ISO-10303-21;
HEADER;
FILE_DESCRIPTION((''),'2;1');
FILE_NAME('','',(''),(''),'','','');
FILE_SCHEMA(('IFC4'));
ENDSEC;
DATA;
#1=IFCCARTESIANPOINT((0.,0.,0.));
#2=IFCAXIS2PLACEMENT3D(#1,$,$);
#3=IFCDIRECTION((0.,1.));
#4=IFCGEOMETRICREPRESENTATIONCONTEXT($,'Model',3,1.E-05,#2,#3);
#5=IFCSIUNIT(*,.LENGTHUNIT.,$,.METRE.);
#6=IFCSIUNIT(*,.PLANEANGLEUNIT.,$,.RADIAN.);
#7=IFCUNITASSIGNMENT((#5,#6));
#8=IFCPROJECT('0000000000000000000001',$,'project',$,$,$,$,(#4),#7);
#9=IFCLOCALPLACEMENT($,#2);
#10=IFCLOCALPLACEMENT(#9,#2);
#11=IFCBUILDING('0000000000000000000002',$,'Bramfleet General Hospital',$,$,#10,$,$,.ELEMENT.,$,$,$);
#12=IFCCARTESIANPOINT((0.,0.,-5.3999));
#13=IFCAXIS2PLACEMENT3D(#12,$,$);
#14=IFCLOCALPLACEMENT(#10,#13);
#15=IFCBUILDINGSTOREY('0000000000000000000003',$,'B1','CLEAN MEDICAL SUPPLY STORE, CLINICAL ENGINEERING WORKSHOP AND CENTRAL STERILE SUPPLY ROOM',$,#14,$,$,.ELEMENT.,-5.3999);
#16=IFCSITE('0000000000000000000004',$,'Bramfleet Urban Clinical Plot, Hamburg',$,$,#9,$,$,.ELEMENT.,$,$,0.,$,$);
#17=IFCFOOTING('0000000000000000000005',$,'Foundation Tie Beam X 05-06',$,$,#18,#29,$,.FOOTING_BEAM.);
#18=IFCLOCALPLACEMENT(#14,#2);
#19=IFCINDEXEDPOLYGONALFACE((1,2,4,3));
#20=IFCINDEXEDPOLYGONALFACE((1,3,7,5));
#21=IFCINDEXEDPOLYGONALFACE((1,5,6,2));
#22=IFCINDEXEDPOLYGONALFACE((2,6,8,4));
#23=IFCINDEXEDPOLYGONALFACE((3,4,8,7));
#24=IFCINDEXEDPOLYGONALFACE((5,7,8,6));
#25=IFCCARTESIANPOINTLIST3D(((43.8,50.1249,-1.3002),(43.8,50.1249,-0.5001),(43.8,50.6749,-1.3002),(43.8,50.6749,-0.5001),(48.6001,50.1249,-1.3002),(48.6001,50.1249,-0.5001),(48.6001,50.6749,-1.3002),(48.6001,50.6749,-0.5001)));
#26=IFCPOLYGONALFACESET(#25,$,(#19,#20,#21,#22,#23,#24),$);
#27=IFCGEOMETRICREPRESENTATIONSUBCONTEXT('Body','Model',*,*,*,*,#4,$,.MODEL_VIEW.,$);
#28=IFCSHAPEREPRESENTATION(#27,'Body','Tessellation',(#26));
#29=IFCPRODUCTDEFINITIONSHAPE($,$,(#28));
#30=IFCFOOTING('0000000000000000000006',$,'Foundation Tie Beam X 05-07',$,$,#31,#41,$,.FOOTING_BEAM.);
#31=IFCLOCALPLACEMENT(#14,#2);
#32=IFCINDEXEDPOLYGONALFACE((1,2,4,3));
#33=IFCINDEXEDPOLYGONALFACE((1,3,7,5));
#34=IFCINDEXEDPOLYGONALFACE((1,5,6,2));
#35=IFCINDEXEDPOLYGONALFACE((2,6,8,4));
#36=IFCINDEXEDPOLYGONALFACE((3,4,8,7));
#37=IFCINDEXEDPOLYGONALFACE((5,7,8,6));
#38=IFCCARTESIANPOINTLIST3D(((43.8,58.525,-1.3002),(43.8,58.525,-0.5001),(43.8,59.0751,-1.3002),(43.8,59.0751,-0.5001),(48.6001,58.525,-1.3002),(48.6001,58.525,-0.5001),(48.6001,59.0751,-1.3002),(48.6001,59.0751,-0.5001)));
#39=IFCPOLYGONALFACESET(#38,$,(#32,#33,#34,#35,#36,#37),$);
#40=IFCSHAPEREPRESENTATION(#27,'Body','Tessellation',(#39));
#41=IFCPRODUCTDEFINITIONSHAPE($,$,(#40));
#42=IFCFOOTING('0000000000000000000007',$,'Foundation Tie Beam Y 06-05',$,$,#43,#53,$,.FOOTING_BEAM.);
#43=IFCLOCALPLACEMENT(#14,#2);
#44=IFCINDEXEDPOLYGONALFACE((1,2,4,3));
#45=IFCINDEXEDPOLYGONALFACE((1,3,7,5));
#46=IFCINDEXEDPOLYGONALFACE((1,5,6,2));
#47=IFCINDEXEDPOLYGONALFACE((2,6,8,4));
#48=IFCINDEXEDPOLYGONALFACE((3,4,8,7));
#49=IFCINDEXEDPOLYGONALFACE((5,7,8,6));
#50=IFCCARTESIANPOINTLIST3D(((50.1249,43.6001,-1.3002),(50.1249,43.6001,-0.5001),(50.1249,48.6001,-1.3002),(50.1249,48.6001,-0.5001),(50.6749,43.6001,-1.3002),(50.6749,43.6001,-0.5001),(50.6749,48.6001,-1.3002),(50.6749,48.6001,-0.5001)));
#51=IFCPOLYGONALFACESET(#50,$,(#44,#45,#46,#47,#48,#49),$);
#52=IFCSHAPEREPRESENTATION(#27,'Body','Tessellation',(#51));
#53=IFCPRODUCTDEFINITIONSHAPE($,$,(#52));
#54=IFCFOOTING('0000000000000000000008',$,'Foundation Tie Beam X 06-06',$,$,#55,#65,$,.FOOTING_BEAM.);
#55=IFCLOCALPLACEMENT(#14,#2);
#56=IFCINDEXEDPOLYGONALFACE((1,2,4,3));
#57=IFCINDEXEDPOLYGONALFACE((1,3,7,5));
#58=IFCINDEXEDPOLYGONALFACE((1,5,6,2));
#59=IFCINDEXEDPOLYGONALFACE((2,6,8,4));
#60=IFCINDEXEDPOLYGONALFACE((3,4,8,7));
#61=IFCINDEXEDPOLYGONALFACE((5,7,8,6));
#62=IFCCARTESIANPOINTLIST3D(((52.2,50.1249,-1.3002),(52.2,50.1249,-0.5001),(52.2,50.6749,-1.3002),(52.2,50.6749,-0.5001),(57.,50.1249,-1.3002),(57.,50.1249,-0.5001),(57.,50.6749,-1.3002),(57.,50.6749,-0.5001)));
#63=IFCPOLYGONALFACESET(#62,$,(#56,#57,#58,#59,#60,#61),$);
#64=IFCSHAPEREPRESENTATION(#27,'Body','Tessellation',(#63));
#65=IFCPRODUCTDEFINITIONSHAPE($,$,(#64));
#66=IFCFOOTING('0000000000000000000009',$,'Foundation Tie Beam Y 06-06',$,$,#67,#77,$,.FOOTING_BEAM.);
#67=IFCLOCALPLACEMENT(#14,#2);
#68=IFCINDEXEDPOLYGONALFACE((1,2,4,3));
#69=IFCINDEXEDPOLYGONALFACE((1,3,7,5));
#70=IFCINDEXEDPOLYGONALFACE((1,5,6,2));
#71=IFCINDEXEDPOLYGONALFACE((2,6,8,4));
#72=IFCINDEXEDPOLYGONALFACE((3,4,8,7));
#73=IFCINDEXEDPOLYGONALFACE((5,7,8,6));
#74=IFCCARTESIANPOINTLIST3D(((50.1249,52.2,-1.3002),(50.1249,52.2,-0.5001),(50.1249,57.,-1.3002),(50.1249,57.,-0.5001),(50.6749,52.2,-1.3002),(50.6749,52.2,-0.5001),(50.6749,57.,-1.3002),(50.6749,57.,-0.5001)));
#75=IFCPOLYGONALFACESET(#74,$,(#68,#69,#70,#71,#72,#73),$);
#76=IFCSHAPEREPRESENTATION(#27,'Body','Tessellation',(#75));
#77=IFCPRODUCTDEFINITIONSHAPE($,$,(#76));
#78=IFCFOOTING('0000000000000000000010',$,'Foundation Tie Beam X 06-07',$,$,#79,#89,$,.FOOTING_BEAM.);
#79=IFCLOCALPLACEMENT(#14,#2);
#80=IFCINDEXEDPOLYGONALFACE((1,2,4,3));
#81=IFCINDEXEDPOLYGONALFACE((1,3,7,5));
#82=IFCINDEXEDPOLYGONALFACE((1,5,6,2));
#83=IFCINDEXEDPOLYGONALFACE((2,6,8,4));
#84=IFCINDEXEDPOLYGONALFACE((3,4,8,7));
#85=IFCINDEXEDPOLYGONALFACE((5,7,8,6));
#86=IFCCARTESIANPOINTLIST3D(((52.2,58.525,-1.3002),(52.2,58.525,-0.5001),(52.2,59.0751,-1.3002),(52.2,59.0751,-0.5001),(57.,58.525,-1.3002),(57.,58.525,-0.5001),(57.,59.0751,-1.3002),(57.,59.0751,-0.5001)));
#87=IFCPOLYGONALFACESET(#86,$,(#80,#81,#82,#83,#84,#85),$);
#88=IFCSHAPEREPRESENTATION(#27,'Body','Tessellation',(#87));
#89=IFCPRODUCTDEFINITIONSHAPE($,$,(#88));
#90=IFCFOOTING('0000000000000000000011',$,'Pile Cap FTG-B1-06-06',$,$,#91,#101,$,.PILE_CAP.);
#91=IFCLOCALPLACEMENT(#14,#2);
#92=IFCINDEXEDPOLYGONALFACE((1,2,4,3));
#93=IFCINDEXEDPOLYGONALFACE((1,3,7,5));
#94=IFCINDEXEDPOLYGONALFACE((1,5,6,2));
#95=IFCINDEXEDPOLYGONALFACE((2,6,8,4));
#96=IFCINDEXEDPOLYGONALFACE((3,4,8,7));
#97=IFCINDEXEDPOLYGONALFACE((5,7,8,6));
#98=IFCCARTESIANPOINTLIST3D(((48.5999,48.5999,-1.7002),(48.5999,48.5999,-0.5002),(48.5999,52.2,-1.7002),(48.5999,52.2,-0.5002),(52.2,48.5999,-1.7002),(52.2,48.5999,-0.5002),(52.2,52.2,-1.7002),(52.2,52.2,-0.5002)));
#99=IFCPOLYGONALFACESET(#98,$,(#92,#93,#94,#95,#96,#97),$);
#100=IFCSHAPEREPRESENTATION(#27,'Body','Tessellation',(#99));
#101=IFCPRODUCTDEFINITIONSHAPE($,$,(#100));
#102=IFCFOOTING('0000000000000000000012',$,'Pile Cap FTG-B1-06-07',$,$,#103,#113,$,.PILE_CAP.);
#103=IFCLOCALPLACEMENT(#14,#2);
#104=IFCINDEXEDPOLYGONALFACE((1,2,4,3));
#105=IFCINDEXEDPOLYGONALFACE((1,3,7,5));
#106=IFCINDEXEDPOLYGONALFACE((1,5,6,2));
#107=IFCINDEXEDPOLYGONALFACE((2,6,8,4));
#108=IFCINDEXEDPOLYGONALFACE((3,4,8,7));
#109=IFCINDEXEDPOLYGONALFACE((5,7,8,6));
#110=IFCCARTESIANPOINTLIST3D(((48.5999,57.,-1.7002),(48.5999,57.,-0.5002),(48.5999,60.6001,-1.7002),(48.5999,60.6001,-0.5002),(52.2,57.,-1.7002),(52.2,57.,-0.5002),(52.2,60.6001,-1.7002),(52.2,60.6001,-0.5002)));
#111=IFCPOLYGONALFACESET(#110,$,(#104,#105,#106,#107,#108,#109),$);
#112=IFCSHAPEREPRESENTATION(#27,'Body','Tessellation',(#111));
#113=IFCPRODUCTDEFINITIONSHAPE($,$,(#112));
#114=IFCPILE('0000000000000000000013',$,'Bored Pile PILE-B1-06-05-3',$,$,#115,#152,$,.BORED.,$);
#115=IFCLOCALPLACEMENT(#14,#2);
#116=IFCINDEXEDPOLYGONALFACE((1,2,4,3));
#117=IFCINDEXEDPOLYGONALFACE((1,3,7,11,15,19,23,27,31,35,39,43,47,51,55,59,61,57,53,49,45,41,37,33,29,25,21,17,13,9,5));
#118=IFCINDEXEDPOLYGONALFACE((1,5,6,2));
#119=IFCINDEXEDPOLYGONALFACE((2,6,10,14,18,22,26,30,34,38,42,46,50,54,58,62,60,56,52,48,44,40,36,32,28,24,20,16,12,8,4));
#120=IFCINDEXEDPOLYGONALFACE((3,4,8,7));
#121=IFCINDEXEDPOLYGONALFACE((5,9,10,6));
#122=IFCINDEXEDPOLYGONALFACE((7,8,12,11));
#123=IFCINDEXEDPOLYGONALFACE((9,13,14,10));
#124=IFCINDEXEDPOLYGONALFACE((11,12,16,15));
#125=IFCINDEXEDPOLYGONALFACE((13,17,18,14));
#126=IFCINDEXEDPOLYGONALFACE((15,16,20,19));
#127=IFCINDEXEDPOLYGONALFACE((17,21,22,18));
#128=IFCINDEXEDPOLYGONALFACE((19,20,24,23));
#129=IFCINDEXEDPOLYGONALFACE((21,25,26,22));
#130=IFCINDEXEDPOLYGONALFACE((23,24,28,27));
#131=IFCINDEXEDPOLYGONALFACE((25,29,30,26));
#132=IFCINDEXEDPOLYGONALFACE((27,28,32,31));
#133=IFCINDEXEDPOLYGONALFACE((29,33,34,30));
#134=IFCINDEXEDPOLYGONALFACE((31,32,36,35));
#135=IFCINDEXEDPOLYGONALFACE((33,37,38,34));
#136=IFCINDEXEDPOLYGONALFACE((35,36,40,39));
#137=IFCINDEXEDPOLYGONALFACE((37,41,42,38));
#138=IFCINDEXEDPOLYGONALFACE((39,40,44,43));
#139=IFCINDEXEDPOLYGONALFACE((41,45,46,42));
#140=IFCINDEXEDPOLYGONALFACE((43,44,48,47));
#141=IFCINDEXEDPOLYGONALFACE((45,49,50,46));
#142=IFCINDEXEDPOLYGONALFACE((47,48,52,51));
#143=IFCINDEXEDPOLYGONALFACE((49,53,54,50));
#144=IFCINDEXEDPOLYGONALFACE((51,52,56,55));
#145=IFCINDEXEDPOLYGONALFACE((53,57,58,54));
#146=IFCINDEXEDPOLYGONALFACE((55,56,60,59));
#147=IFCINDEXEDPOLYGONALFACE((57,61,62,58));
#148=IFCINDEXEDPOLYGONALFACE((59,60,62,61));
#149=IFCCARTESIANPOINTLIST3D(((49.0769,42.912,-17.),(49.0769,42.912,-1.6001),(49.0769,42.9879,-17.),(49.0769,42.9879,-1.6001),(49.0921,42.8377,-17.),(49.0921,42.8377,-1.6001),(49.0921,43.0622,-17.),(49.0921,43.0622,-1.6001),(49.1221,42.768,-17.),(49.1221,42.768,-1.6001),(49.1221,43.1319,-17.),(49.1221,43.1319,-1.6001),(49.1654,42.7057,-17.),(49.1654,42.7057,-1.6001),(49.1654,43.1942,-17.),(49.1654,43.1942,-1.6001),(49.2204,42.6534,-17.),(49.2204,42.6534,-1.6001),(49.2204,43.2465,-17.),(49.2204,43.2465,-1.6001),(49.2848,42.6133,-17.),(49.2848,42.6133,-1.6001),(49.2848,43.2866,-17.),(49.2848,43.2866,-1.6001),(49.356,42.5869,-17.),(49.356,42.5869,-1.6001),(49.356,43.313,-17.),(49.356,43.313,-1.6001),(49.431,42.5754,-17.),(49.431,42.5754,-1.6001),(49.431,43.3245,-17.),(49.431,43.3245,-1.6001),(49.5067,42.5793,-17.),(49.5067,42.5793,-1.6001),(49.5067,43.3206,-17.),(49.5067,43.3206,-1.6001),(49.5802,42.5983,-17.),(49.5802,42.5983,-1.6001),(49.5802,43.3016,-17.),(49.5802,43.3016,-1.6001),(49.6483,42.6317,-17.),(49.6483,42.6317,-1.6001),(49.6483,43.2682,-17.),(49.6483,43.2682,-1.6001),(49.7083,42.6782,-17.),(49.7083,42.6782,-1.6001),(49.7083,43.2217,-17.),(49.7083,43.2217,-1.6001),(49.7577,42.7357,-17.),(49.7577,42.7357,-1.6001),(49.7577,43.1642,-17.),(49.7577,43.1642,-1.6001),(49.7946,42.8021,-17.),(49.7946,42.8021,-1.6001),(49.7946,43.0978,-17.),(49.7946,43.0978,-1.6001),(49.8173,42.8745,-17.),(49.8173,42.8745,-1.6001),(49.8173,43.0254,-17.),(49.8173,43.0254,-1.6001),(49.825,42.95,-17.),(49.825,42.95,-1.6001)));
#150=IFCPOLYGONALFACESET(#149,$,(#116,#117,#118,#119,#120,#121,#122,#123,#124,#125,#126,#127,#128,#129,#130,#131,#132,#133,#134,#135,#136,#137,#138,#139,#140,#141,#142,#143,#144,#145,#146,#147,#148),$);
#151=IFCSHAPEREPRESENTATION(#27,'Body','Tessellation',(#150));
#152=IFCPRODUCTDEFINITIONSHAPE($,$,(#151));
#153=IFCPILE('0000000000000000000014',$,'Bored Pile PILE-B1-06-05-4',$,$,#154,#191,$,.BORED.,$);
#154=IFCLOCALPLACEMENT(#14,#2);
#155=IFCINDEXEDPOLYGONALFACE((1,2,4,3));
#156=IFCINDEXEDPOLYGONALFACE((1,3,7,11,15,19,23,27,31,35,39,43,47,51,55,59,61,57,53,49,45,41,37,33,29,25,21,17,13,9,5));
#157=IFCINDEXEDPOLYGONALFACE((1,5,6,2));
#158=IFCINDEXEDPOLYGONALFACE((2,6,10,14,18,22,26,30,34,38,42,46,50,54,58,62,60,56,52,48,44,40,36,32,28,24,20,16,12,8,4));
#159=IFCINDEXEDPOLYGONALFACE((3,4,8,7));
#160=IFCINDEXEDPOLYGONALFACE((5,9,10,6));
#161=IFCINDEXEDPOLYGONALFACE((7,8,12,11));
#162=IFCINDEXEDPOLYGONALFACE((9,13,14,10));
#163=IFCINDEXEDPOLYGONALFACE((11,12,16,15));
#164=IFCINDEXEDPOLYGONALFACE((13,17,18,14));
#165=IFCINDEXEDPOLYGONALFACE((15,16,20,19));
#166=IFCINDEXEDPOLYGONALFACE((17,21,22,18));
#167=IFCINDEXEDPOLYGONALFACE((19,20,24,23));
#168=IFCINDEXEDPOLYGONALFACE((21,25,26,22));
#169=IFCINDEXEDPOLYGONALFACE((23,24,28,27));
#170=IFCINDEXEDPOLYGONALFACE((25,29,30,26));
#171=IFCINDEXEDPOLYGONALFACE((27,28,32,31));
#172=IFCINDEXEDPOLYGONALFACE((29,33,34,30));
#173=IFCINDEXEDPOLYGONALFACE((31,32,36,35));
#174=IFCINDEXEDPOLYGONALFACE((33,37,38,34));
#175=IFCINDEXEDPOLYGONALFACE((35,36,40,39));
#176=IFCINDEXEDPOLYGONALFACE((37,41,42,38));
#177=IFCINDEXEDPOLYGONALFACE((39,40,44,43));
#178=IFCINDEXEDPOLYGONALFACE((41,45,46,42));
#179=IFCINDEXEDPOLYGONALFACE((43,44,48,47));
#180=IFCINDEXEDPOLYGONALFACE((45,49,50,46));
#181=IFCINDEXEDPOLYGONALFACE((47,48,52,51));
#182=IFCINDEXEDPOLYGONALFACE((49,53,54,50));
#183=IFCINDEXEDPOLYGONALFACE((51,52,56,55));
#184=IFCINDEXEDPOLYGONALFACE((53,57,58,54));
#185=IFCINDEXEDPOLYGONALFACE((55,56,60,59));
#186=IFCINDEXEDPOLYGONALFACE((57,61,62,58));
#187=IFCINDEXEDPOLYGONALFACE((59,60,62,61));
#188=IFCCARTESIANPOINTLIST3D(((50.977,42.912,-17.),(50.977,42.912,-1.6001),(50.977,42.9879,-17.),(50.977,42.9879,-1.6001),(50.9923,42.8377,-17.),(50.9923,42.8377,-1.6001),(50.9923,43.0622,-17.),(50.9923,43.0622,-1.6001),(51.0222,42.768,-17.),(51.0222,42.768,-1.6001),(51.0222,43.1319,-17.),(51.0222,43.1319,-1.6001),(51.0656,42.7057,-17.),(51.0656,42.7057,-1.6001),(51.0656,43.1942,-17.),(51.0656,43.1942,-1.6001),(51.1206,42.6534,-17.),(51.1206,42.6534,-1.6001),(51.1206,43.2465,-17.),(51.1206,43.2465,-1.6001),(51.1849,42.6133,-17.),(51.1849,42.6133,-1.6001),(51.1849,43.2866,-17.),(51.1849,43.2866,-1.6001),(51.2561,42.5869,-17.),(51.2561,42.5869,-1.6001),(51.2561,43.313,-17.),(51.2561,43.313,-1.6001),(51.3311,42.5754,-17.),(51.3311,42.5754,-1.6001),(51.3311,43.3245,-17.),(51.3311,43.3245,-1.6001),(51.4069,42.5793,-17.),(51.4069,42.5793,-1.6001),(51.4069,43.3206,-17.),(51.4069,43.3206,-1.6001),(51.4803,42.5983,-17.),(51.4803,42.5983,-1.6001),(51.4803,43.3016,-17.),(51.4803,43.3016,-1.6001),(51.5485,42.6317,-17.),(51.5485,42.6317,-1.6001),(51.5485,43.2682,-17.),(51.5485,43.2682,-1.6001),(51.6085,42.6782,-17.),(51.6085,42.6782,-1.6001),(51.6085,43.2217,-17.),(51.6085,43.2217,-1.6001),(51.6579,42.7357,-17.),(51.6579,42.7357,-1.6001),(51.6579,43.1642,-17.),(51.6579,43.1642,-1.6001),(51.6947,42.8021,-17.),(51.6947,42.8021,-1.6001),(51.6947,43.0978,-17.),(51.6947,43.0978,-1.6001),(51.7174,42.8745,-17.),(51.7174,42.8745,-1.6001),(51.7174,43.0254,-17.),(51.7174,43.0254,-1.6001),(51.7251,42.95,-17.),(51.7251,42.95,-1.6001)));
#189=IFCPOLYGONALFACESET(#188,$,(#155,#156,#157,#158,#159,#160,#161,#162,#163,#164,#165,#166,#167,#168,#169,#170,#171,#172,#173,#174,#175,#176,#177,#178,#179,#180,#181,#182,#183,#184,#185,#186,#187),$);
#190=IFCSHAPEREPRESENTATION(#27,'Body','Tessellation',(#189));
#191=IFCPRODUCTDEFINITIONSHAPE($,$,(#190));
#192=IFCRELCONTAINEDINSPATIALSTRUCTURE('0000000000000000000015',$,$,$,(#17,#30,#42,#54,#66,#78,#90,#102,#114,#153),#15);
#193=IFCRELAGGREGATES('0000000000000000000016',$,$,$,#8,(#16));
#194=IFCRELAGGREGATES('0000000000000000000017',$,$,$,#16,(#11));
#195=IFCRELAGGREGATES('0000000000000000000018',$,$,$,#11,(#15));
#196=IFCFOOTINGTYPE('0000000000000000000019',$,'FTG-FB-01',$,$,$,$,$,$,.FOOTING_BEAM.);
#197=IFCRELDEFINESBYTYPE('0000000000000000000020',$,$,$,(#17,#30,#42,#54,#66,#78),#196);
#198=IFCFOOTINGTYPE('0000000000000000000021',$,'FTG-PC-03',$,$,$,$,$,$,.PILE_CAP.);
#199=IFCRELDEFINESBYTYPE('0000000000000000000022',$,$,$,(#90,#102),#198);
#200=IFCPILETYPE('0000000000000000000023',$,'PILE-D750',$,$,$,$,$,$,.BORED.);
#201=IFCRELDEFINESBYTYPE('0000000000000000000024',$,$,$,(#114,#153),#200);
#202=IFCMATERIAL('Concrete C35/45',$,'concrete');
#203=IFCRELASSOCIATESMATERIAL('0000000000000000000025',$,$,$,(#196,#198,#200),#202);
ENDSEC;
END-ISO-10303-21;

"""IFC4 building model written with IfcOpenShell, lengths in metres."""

from ifc_helpers import new_model, si_unit, direction, frame, origin, origin_2d, place, context, subcontext, project, spatial, rectangle, circle, extrude, material, material_profile, profile_set, type_object, element, save


model = new_model("IFC4")

# Units and contexts
model_context = context("Model", 3, precision=1e-05, world=origin(), true_north=direction((0.0, 1.0)))
body_context = subcontext(model_context, "Body", "Model", "MODEL_VIEW")
ifc_project = project(units=[si_unit("LENGTHUNIT", "METRE"), si_unit("PLANEANGLEUNIT", "RADIAN")], contexts=[model_context])

# Site, building, storey
site_placement = place(None, origin())
site = spatial("IfcSite", under=ifc_project, at=site_placement, Name="Bramfleet Urban Clinical Plot, Hamburg", CompositionType="ELEMENT", RefElevation=0.0)
building_placement = place(site_placement, origin())
building = spatial("IfcBuilding", under=site, at=building_placement, Name="Bramfleet General Hospital", CompositionType="ELEMENT")
storey_placement = place(building_placement, frame((0.0, 0.0, -5.3999)))
storey = spatial("IfcBuildingStorey", under=building, at=storey_placement, Name="B1", Description="CLEAN MEDICAL SUPPLY STORE, CLINICAL ENGINEERING WORKSHOP AND CENTRAL STERILE SUPPLY ROOM", CompositionType="ELEMENT", Elevation=-5.3999)

# Footings
ifc_material_1 = material(Name="Concrete C35/45", Category="concrete")
ifc_material_profile_1 = material_profile(ifc_material_1, rectangle(XDim=0.55, YDim=0.8, at=origin_2d()), Name="RC FB 800x550")
ifc_profile_set_1 = profile_set([ifc_material_profile_1], Name="Concrete C35/45")
footing_type_1 = type_object("IfcFootingType", Name="FTG-FB-01", PredefinedType="FOOTING_BEAM", material=ifc_profile_set_1)
for number, where, z_axis, x_axis, name in (
    (1, (43.8, 50.3999, -0.9001), (1.0, 0.0, 0.0), (0.0, 1.0, 0.0), "Foundation Tie Beam X 05-06"),
    (2, (43.8, 58.8, -0.9001), (1.0, 0.0, 0.0), (0.0, 1.0, 0.0), "Foundation Tie Beam X 05-07"),
):
    element("IfcFooting", number, at=place(storey_placement, frame(where, z_axis=z_axis, x_axis=x_axis)), inside=storey, type_object=footing_type_1, Name=name, PredefinedType="FOOTING_BEAM", context=body_context, shape_type="SweptSolid", body=[
        extrude(rectangle(XDim=0.55, YDim=0.8, at=origin_2d()), origin(), (0.0, 0.0, 1.0), 4.8),
    ])
footing_placement = place(storey_placement, frame((50.3999, 43.6001, -0.9001), z_axis=(0.0, 1.0, 0.0), x_axis=(-1.0, 0.0, 0.0)))
element("IfcFooting", 3, at=footing_placement, inside=storey, type_object=footing_type_1, Name="Foundation Tie Beam Y 06-05", PredefinedType="FOOTING_BEAM", context=body_context, shape_type="SweptSolid", body=[
    extrude(rectangle(XDim=0.55, YDim=0.8, at=origin_2d()), origin(), (0.0, 0.0, 1.0), 5.0),
])
for number, where, z_axis, x_axis, name in (
    (4, (52.2, 50.3999, -0.9001), (1.0, 0.0, 0.0), (0.0, 1.0, 0.0), "Foundation Tie Beam X 06-06"),
    (5, (50.3999, 52.2, -0.9001), (0.0, 1.0, 0.0), (-1.0, 0.0, 0.0), "Foundation Tie Beam Y 06-06"),
    (6, (52.2, 58.8, -0.9001), (1.0, 0.0, 0.0), (0.0, 1.0, 0.0), "Foundation Tie Beam X 06-07"),
):
    element("IfcFooting", number, at=place(storey_placement, frame(where, z_axis=z_axis, x_axis=x_axis)), inside=storey, type_object=footing_type_1, Name=name, PredefinedType="FOOTING_BEAM", context=body_context, shape_type="SweptSolid", body=[
        extrude(rectangle(XDim=0.55, YDim=0.8, at=origin_2d()), origin(), (0.0, 0.0, 1.0), 4.8),
    ])
footing_type_2 = type_object("IfcFootingType", Name="FTG-PC-03", PredefinedType="PILE_CAP", material=ifc_material_1)
for number, where, z_axis, x_axis, name in (
    (7, (50.3999, 50.3999, -1.7002), (0.0, 0.0, 1.0), (1.0, 0.0, 0.0), "Pile Cap FTG-B1-06-06"),
    (8, (50.3999, 58.8, -1.7002), (0.0, 0.0, 1.0), (1.0, 0.0, 0.0), "Pile Cap FTG-B1-06-07"),
):
    element("IfcFooting", number, at=place(storey_placement, frame(where, z_axis=z_axis, x_axis=x_axis)), inside=storey, type_object=footing_type_2, Name=name, PredefinedType="PILE_CAP", context=body_context, shape_type="SweptSolid", body=[
        extrude(rectangle(XDim=3.6001, YDim=3.6001, at=origin_2d()), origin(), (0.0, 0.0, 1.0), 1.2),
    ])

# Piles
ifc_material_profile_2 = material_profile(ifc_material_1, circle(Radius=0.375, at=origin_2d()), Name="PILE BORED D750")
ifc_profile_set_2 = profile_set([ifc_material_profile_2], Name="Concrete C35/45")
pile_type_1 = type_object("IfcPileType", Name="PILE-D750", PredefinedType="BORED", material=ifc_profile_set_2)
for number, where, z_axis, x_axis, name in (
    (9, (49.45, 42.95, -1.6001), (0.0, 0.0, -1.0), (1.0, 0.0, 0.0), "Bored Pile PILE-B1-06-05-3"),
    (10, (51.3501, 42.95, -1.6001), (0.0, 0.0, -1.0), (1.0, 0.0, 0.0), "Bored Pile PILE-B1-06-05-4"),
):
    element("IfcPile", number, at=place(storey_placement, frame(where, z_axis=z_axis, x_axis=x_axis)), inside=storey, type_object=pile_type_1, Name=name, PredefinedType="BORED", context=body_context, shape_type="SweptSolid", body=[
        extrude(circle(Radius=0.375, at=origin_2d()), origin(), (0.0, 0.0, 1.0), 15.3999),
    ])

save(model, "model.ifc")
